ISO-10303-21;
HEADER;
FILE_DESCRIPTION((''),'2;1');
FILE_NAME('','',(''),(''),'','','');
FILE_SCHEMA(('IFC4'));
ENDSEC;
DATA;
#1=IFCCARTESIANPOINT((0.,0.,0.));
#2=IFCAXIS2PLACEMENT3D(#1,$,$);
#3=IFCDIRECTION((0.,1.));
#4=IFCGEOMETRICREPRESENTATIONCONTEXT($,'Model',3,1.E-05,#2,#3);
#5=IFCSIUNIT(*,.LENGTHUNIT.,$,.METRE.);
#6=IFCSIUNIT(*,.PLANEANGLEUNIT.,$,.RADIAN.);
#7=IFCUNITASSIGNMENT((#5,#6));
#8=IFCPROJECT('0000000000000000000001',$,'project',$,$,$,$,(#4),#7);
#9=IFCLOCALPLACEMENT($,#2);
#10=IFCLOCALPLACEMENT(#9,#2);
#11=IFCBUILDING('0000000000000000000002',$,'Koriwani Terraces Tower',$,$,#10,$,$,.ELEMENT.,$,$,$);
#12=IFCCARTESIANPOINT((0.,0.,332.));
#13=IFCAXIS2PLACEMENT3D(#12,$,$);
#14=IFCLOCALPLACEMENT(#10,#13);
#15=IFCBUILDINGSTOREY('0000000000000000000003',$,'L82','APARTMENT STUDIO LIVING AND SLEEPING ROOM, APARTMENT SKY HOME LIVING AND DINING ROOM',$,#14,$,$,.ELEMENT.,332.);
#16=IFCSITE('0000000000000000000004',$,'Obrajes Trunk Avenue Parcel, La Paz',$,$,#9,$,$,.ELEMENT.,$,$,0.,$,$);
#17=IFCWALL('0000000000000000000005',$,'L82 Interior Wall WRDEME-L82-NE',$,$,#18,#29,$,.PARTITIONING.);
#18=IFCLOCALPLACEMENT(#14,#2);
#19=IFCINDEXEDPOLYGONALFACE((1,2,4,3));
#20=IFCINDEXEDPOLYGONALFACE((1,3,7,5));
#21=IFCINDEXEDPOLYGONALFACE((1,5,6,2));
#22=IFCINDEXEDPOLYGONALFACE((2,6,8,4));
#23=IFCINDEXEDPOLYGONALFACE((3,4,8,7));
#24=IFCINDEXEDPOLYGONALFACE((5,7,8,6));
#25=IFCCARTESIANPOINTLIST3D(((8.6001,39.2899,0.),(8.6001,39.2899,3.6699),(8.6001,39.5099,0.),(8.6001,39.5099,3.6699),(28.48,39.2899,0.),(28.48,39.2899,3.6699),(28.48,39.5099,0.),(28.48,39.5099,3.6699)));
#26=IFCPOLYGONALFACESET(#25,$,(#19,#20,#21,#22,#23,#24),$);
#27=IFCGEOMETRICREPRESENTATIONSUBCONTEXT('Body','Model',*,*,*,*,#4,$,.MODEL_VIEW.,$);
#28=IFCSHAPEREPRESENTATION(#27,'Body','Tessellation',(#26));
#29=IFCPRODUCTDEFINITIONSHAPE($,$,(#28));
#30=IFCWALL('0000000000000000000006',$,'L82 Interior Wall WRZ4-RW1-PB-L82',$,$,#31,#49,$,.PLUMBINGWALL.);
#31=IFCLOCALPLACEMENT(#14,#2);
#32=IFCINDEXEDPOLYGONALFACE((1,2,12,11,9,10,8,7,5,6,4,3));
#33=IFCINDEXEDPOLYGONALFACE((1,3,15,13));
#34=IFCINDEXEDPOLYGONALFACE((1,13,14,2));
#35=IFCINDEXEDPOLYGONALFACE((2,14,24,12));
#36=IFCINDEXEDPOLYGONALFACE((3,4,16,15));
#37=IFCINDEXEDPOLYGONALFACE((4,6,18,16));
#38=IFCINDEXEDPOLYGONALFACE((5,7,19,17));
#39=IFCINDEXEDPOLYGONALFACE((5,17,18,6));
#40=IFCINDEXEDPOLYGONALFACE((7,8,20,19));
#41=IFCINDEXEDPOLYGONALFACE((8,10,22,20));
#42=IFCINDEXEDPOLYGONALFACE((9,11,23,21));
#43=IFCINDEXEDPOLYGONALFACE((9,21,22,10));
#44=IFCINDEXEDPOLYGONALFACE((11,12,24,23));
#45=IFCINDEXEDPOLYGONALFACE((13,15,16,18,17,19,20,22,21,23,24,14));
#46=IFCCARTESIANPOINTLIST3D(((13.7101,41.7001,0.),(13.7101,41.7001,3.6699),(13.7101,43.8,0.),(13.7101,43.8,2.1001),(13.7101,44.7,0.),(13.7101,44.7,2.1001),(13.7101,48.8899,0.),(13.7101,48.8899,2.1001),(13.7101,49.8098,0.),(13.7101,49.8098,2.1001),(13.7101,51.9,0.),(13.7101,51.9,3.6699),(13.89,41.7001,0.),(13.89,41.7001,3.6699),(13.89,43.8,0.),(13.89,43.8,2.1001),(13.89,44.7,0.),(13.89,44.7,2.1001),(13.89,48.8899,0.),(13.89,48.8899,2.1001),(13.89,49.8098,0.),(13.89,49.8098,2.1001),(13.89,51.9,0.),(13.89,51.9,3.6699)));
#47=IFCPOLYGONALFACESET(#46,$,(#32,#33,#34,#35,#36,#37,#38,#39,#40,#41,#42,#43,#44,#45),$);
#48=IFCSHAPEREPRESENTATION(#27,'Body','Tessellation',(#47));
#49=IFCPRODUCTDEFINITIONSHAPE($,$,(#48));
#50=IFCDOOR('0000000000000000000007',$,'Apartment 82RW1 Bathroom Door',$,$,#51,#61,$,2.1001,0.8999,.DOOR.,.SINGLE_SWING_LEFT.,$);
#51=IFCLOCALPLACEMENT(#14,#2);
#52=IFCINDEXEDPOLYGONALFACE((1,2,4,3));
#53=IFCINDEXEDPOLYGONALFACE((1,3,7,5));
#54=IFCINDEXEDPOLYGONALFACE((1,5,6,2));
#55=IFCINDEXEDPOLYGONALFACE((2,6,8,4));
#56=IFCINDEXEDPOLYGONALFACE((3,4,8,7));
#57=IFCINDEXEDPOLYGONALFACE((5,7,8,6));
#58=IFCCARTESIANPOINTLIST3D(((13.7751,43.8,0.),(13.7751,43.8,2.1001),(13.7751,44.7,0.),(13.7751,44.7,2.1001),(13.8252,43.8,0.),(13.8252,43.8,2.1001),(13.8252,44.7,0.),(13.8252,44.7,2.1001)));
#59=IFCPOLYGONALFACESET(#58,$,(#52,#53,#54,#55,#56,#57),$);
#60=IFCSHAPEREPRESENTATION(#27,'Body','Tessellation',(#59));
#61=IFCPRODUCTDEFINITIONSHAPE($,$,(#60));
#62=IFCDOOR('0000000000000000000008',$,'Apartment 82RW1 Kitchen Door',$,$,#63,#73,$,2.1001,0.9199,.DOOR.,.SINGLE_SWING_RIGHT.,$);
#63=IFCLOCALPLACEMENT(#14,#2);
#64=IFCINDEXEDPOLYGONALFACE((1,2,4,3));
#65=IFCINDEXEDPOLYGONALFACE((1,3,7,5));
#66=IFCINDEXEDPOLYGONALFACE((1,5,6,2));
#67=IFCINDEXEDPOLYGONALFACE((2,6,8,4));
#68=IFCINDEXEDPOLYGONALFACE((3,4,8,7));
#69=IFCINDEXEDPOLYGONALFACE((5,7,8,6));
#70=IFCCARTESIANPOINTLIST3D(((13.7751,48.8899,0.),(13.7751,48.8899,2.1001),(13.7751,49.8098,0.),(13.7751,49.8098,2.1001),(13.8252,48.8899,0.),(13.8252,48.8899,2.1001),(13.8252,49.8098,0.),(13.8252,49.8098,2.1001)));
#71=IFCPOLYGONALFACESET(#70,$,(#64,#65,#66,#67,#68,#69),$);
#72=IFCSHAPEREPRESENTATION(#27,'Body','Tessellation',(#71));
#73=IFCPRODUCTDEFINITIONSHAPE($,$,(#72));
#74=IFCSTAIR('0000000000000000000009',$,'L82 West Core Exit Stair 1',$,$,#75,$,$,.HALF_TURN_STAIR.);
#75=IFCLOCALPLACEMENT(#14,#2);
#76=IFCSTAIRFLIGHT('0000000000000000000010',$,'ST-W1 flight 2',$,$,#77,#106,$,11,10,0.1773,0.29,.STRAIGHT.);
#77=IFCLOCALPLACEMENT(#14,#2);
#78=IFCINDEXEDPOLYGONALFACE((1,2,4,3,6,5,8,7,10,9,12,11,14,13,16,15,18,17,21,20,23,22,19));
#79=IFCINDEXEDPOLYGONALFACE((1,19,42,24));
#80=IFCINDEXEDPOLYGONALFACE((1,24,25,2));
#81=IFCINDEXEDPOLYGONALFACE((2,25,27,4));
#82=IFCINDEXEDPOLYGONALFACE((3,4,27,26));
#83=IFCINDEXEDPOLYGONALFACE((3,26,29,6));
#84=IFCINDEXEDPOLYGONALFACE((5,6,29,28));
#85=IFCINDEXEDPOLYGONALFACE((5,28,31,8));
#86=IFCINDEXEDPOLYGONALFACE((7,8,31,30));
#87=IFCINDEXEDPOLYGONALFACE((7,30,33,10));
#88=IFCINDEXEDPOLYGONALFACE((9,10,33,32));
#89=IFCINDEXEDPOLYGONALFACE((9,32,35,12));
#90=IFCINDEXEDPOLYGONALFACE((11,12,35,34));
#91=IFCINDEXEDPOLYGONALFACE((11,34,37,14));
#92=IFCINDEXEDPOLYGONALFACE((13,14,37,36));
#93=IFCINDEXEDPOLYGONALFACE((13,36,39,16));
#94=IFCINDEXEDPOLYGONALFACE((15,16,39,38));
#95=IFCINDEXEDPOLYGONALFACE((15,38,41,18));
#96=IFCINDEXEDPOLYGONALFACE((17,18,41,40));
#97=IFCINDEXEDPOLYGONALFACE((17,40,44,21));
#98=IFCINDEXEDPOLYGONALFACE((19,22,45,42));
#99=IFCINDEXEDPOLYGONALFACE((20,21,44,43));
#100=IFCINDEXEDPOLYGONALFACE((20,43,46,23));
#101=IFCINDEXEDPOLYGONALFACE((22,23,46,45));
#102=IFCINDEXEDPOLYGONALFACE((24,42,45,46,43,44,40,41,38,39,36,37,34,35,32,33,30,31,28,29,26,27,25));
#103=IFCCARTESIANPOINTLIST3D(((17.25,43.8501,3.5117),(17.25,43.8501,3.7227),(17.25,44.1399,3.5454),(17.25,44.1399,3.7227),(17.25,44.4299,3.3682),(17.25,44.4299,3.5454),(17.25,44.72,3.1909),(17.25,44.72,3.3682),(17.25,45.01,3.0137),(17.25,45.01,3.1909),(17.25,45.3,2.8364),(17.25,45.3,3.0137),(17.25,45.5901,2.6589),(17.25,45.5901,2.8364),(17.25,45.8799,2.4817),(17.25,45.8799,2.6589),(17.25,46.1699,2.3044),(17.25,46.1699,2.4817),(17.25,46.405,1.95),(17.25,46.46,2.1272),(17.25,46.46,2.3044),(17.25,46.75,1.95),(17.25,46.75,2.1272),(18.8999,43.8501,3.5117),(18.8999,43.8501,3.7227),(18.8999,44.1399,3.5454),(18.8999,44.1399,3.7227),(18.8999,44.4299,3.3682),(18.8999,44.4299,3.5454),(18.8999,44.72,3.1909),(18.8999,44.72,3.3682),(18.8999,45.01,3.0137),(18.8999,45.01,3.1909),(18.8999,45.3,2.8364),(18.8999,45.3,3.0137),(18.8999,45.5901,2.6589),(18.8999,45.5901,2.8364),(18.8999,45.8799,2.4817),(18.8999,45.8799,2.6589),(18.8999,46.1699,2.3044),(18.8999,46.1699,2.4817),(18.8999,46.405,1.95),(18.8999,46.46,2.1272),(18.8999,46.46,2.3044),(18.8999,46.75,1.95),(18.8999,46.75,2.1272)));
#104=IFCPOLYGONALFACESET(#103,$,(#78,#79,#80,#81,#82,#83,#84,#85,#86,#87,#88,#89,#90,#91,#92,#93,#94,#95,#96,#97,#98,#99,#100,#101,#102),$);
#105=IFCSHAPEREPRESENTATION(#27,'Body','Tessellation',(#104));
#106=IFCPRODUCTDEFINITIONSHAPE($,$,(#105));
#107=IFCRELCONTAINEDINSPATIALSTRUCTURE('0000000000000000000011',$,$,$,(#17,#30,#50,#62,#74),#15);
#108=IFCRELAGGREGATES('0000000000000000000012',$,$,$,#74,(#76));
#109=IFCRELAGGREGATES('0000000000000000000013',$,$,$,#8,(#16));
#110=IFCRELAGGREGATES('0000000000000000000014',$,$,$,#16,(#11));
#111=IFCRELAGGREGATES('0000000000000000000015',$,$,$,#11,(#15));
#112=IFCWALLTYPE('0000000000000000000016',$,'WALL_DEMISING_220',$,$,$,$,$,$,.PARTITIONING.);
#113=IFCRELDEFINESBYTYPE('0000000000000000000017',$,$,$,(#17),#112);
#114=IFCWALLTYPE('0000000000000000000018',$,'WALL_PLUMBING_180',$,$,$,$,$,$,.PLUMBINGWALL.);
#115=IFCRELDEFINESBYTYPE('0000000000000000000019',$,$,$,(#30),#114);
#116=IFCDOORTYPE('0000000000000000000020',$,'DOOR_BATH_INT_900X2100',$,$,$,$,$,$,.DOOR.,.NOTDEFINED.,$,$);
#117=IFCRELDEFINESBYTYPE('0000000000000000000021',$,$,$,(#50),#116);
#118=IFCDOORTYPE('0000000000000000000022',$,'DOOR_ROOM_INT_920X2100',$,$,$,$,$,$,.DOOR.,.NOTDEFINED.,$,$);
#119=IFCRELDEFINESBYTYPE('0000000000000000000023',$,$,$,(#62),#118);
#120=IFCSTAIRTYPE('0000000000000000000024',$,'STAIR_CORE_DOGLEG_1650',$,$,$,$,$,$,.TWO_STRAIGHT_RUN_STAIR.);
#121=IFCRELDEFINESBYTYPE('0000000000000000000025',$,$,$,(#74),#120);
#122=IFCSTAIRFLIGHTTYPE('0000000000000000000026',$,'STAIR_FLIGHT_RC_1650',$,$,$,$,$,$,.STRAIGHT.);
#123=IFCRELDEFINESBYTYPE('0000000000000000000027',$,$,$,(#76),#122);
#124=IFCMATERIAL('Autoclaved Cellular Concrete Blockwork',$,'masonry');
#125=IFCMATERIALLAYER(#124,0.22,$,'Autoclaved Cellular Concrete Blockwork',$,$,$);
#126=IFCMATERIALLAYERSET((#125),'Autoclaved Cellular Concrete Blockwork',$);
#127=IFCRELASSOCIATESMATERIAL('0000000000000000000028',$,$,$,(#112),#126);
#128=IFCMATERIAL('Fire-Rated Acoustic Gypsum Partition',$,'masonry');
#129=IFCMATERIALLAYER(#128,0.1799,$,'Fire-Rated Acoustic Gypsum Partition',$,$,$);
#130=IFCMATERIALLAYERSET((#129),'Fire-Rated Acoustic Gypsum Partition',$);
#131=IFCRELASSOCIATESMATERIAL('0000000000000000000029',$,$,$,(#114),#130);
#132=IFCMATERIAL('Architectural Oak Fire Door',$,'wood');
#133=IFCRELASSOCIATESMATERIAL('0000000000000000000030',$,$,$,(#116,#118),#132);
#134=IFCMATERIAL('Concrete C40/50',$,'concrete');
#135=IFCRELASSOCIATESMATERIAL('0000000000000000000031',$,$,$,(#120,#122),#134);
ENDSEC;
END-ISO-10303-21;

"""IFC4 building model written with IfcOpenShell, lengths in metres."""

from ifc_helpers import new_model, si_unit, direction, frame, frame_2d, origin, place, context, subcontext, project, spatial, polyline, rectangle, outline, extrude, material, layer, layer_set, type_object, element, fill, aggregate, save


model = new_model("IFC4")

# Units and contexts
model_context = context("Model", 3, precision=1e-05, world=origin(), true_north=direction((0.0, 1.0)))
body_context = subcontext(model_context, "Body", "Model", "MODEL_VIEW")
ifc_project = project(units=[si_unit("LENGTHUNIT", "METRE"), si_unit("PLANEANGLEUNIT", "RADIAN")], contexts=[model_context])

# Site, building, storey
site_placement = place(None, origin())
site = spatial("IfcSite", under=ifc_project, at=site_placement, Name="Obrajes Trunk Avenue Parcel, La Paz", CompositionType="ELEMENT", RefElevation=0.0)
building_placement = place(site_placement, origin())
building = spatial("IfcBuilding", under=site, at=building_placement, Name="Koriwani Terraces Tower", CompositionType="ELEMENT")
storey_placement = place(building_placement, frame((0.0, 0.0, 332.0)))
storey = spatial("IfcBuildingStorey", under=building, at=storey_placement, Name="L82", Description="APARTMENT STUDIO LIVING AND SLEEPING ROOM, APARTMENT SKY HOME LIVING AND DINING ROOM", CompositionType="ELEMENT", Elevation=332.0)

# Shared definitions
ifc_material_1 = material(Name="Concrete C40/50", Category="concrete")

# Shared definitions
ifc_material_2 = material(Name="Autoclaved Cellular Concrete Blockwork", Category="masonry")
ifc_material_3 = material(Name="Architectural Oak Fire Door", Category="wood")

# Wall
ifc_layer_1 = layer(ifc_material_2, 0.22, Name="Autoclaved Cellular Concrete Blockwork")
ifc_layer_set_1 = layer_set([ifc_layer_1], Name="Autoclaved Cellular Concrete Blockwork")
wall_type_1 = type_object("IfcWallType", Name="WALL_DEMISING_220", PredefinedType="PARTITIONING", material=ifc_layer_set_1)
wall_1_placement = place(storey_placement, frame((8.6001, 39.3999, 0.0), z_axis=(0.0, 0.0, 1.0), x_axis=(1.0, 0.0, 0.0)))
element("IfcWall", 1, at=wall_1_placement, inside=storey, type_object=wall_type_1, Name="L82 Interior Wall WRDEME-L82-NE", PredefinedType="PARTITIONING", context=body_context, shape_type="SweptSolid", body=[
    extrude(rectangle(XDim=19.8799, YDim=0.22, at=frame_2d((9.9399, 0.0))), origin(), (0.0, 0.0, 1.0), 3.6699),
])

# Wall, openings, doors
ifc_material_4 = material(Name="Fire-Rated Acoustic Gypsum Partition", Category="masonry")
ifc_layer_2 = layer(ifc_material_4, 0.1799, Name="Fire-Rated Acoustic Gypsum Partition")
ifc_layer_set_2 = layer_set([ifc_layer_2], Name="Fire-Rated Acoustic Gypsum Partition")
wall_type_2 = type_object("IfcWallType", Name="WALL_PLUMBING_180", PredefinedType="PLUMBINGWALL", material=ifc_layer_set_2)
wall_2_placement = place(storey_placement, frame((13.8, 41.7, 0.0), z_axis=(0.0, 0.0, 1.0), x_axis=(0.0, 1.0, 0.0)))
wall_2 = element("IfcWall", 2, at=wall_2_placement, inside=storey, type_object=wall_type_2, Name="L82 Interior Wall WRZ4-RW1-PB-L82", PredefinedType="PLUMBINGWALL", context=body_context, shape_type="SweptSolid", body=[
    extrude(rectangle(XDim=10.2, YDim=0.1799, at=frame_2d((5.1001, 0.0))), origin(), (0.0, 0.0, 1.0), 3.6699),
])
opening_1_placement = place(wall_2_placement, frame((2.1001, 0.0, 0.0)))
opening_1 = element("IfcOpeningElement", 3, at=opening_1_placement, cuts=wall_2, PredefinedType="OPENING", context=body_context, shape_type="SweptSolid", body=[
    extrude(rectangle(XDim=0.8999, YDim=2.1001, at=frame_2d((0.45, 1.05))), frame((0.0, 0.1001, 0.0), z_axis=(0.0, -1.0, 0.0), x_axis=(1.0, 0.0, 0.0)), (0.0, 0.0, 1.0), 0.2),
])
opening_2_placement = place(wall_2_placement, frame((7.1899, 0.0, 0.0)))
opening_2 = element("IfcOpeningElement", 4, at=opening_2_placement, cuts=wall_2, PredefinedType="OPENING", context=body_context, shape_type="SweptSolid", body=[
    extrude(rectangle(XDim=0.9199, YDim=2.1001, at=frame_2d((0.46, 1.05))), frame((0.0, 0.1001, 0.0), z_axis=(0.0, -1.0, 0.0), x_axis=(1.0, 0.0, 0.0)), (0.0, 0.0, 1.0), 0.2),
])
door_type_1 = type_object("IfcDoorType", Name="DOOR_BATH_INT_900X2100", OperationType="NOTDEFINED", PredefinedType="DOOR", material=ifc_material_3)
door_1_placement = place(opening_1_placement, origin())
door_1 = element("IfcDoor", 5, at=door_1_placement, inside=storey, type_object=door_type_1, Name="Apartment 82RW1 Bathroom Door", OperationType="SINGLE_SWING_LEFT", OverallHeight=2.1001, OverallWidth=0.8999, PredefinedType="DOOR", context=body_context, shape_type="SweptSolid", body=[
    extrude(rectangle(XDim=0.8999, YDim=2.1001, at=frame_2d((0.45, 1.05))), frame((0.0, 0.0249, 0.0), z_axis=(0.0, -1.0, 0.0), x_axis=(1.0, 0.0, 0.0)), (0.0, 0.0, 1.0), 0.05),
])
fill(opening_1, door_1)
door_type_2 = type_object("IfcDoorType", Name="DOOR_ROOM_INT_920X2100", OperationType="NOTDEFINED", PredefinedType="DOOR", material=ifc_material_3)
door_2_placement = place(opening_2_placement, origin())
door_2 = element("IfcDoor", 6, at=door_2_placement, inside=storey, type_object=door_type_2, Name="Apartment 82RW1 Kitchen Door", OperationType="SINGLE_SWING_RIGHT", OverallHeight=2.1001, OverallWidth=0.9199, PredefinedType="DOOR", context=body_context, shape_type="SweptSolid", body=[
    extrude(rectangle(XDim=0.9199, YDim=2.1001, at=frame_2d((0.46, 1.05))), frame((0.0, 0.0249, 0.0), z_axis=(0.0, -1.0, 0.0), x_axis=(1.0, 0.0, 0.0)), (0.0, 0.0, 1.0), 0.05),
])
fill(opening_2, door_2)

# Stair, stair flight
stair_type = type_object("IfcStairType", Name="STAIR_CORE_DOGLEG_1650", PredefinedType="TWO_STRAIGHT_RUN_STAIR", material=ifc_material_1)
stair_placement = place(storey_placement, origin())
stair = element("IfcStair", 7, at=stair_placement, inside=storey, type_object=stair_type, Name="L82 West Core Exit Stair 1", PredefinedType="HALF_TURN_STAIR")
stair_flight_type = type_object("IfcStairFlightType", Name="STAIR_FLIGHT_RC_1650", PredefinedType="STRAIGHT", material=ifc_material_1)
stair_flight_placement = place(storey_placement, frame((18.075, 46.75, 1.95), z_axis=(0.0, 0.0, 1.0), x_axis=(0.0, -1.0, 0.0)))
stair_flight = element("IfcStairFlight", 8, at=stair_flight_placement, type_object=stair_flight_type, Name="ST-W1 flight 2", NumberOfRisers=11, NumberOfTreads=10, PredefinedType="STRAIGHT", RiserHeight=0.1773, TreadLength=0.29, context=body_context, shape_type="SweptSolid", body=[
    extrude(outline(polyline([(0.0, 0.0), (0.0, 0.1772), (0.29, 0.1772), (0.29, 0.3545), (0.5801, 0.3545), (0.5801, 0.5317), (0.8701, 0.5317), (0.8701, 0.709), (1.1599, 0.709), (1.1599, 0.8865), (1.45, 0.8865), (1.45, 1.0637), (1.74, 1.0637), (1.74, 1.241), (2.03, 1.241), (2.03, 1.4182), (2.3201, 1.4182), (2.3201, 1.5955), (2.6101, 1.5955), (2.6101, 1.7727), (2.8999, 1.7727), (2.8999, 1.95), (2.8999, 1.5618), (0.345, 0.0), (0.0, 0.0)])), frame((0.0, 0.825, 0.0), z_axis=(0.0, -1.0, 0.0), x_axis=(1.0, 0.0, 0.0)), (0.0, 0.0, 1.0), 1.6499),
])
aggregate(stair, [stair_flight])

save(model, "model.ifc")
